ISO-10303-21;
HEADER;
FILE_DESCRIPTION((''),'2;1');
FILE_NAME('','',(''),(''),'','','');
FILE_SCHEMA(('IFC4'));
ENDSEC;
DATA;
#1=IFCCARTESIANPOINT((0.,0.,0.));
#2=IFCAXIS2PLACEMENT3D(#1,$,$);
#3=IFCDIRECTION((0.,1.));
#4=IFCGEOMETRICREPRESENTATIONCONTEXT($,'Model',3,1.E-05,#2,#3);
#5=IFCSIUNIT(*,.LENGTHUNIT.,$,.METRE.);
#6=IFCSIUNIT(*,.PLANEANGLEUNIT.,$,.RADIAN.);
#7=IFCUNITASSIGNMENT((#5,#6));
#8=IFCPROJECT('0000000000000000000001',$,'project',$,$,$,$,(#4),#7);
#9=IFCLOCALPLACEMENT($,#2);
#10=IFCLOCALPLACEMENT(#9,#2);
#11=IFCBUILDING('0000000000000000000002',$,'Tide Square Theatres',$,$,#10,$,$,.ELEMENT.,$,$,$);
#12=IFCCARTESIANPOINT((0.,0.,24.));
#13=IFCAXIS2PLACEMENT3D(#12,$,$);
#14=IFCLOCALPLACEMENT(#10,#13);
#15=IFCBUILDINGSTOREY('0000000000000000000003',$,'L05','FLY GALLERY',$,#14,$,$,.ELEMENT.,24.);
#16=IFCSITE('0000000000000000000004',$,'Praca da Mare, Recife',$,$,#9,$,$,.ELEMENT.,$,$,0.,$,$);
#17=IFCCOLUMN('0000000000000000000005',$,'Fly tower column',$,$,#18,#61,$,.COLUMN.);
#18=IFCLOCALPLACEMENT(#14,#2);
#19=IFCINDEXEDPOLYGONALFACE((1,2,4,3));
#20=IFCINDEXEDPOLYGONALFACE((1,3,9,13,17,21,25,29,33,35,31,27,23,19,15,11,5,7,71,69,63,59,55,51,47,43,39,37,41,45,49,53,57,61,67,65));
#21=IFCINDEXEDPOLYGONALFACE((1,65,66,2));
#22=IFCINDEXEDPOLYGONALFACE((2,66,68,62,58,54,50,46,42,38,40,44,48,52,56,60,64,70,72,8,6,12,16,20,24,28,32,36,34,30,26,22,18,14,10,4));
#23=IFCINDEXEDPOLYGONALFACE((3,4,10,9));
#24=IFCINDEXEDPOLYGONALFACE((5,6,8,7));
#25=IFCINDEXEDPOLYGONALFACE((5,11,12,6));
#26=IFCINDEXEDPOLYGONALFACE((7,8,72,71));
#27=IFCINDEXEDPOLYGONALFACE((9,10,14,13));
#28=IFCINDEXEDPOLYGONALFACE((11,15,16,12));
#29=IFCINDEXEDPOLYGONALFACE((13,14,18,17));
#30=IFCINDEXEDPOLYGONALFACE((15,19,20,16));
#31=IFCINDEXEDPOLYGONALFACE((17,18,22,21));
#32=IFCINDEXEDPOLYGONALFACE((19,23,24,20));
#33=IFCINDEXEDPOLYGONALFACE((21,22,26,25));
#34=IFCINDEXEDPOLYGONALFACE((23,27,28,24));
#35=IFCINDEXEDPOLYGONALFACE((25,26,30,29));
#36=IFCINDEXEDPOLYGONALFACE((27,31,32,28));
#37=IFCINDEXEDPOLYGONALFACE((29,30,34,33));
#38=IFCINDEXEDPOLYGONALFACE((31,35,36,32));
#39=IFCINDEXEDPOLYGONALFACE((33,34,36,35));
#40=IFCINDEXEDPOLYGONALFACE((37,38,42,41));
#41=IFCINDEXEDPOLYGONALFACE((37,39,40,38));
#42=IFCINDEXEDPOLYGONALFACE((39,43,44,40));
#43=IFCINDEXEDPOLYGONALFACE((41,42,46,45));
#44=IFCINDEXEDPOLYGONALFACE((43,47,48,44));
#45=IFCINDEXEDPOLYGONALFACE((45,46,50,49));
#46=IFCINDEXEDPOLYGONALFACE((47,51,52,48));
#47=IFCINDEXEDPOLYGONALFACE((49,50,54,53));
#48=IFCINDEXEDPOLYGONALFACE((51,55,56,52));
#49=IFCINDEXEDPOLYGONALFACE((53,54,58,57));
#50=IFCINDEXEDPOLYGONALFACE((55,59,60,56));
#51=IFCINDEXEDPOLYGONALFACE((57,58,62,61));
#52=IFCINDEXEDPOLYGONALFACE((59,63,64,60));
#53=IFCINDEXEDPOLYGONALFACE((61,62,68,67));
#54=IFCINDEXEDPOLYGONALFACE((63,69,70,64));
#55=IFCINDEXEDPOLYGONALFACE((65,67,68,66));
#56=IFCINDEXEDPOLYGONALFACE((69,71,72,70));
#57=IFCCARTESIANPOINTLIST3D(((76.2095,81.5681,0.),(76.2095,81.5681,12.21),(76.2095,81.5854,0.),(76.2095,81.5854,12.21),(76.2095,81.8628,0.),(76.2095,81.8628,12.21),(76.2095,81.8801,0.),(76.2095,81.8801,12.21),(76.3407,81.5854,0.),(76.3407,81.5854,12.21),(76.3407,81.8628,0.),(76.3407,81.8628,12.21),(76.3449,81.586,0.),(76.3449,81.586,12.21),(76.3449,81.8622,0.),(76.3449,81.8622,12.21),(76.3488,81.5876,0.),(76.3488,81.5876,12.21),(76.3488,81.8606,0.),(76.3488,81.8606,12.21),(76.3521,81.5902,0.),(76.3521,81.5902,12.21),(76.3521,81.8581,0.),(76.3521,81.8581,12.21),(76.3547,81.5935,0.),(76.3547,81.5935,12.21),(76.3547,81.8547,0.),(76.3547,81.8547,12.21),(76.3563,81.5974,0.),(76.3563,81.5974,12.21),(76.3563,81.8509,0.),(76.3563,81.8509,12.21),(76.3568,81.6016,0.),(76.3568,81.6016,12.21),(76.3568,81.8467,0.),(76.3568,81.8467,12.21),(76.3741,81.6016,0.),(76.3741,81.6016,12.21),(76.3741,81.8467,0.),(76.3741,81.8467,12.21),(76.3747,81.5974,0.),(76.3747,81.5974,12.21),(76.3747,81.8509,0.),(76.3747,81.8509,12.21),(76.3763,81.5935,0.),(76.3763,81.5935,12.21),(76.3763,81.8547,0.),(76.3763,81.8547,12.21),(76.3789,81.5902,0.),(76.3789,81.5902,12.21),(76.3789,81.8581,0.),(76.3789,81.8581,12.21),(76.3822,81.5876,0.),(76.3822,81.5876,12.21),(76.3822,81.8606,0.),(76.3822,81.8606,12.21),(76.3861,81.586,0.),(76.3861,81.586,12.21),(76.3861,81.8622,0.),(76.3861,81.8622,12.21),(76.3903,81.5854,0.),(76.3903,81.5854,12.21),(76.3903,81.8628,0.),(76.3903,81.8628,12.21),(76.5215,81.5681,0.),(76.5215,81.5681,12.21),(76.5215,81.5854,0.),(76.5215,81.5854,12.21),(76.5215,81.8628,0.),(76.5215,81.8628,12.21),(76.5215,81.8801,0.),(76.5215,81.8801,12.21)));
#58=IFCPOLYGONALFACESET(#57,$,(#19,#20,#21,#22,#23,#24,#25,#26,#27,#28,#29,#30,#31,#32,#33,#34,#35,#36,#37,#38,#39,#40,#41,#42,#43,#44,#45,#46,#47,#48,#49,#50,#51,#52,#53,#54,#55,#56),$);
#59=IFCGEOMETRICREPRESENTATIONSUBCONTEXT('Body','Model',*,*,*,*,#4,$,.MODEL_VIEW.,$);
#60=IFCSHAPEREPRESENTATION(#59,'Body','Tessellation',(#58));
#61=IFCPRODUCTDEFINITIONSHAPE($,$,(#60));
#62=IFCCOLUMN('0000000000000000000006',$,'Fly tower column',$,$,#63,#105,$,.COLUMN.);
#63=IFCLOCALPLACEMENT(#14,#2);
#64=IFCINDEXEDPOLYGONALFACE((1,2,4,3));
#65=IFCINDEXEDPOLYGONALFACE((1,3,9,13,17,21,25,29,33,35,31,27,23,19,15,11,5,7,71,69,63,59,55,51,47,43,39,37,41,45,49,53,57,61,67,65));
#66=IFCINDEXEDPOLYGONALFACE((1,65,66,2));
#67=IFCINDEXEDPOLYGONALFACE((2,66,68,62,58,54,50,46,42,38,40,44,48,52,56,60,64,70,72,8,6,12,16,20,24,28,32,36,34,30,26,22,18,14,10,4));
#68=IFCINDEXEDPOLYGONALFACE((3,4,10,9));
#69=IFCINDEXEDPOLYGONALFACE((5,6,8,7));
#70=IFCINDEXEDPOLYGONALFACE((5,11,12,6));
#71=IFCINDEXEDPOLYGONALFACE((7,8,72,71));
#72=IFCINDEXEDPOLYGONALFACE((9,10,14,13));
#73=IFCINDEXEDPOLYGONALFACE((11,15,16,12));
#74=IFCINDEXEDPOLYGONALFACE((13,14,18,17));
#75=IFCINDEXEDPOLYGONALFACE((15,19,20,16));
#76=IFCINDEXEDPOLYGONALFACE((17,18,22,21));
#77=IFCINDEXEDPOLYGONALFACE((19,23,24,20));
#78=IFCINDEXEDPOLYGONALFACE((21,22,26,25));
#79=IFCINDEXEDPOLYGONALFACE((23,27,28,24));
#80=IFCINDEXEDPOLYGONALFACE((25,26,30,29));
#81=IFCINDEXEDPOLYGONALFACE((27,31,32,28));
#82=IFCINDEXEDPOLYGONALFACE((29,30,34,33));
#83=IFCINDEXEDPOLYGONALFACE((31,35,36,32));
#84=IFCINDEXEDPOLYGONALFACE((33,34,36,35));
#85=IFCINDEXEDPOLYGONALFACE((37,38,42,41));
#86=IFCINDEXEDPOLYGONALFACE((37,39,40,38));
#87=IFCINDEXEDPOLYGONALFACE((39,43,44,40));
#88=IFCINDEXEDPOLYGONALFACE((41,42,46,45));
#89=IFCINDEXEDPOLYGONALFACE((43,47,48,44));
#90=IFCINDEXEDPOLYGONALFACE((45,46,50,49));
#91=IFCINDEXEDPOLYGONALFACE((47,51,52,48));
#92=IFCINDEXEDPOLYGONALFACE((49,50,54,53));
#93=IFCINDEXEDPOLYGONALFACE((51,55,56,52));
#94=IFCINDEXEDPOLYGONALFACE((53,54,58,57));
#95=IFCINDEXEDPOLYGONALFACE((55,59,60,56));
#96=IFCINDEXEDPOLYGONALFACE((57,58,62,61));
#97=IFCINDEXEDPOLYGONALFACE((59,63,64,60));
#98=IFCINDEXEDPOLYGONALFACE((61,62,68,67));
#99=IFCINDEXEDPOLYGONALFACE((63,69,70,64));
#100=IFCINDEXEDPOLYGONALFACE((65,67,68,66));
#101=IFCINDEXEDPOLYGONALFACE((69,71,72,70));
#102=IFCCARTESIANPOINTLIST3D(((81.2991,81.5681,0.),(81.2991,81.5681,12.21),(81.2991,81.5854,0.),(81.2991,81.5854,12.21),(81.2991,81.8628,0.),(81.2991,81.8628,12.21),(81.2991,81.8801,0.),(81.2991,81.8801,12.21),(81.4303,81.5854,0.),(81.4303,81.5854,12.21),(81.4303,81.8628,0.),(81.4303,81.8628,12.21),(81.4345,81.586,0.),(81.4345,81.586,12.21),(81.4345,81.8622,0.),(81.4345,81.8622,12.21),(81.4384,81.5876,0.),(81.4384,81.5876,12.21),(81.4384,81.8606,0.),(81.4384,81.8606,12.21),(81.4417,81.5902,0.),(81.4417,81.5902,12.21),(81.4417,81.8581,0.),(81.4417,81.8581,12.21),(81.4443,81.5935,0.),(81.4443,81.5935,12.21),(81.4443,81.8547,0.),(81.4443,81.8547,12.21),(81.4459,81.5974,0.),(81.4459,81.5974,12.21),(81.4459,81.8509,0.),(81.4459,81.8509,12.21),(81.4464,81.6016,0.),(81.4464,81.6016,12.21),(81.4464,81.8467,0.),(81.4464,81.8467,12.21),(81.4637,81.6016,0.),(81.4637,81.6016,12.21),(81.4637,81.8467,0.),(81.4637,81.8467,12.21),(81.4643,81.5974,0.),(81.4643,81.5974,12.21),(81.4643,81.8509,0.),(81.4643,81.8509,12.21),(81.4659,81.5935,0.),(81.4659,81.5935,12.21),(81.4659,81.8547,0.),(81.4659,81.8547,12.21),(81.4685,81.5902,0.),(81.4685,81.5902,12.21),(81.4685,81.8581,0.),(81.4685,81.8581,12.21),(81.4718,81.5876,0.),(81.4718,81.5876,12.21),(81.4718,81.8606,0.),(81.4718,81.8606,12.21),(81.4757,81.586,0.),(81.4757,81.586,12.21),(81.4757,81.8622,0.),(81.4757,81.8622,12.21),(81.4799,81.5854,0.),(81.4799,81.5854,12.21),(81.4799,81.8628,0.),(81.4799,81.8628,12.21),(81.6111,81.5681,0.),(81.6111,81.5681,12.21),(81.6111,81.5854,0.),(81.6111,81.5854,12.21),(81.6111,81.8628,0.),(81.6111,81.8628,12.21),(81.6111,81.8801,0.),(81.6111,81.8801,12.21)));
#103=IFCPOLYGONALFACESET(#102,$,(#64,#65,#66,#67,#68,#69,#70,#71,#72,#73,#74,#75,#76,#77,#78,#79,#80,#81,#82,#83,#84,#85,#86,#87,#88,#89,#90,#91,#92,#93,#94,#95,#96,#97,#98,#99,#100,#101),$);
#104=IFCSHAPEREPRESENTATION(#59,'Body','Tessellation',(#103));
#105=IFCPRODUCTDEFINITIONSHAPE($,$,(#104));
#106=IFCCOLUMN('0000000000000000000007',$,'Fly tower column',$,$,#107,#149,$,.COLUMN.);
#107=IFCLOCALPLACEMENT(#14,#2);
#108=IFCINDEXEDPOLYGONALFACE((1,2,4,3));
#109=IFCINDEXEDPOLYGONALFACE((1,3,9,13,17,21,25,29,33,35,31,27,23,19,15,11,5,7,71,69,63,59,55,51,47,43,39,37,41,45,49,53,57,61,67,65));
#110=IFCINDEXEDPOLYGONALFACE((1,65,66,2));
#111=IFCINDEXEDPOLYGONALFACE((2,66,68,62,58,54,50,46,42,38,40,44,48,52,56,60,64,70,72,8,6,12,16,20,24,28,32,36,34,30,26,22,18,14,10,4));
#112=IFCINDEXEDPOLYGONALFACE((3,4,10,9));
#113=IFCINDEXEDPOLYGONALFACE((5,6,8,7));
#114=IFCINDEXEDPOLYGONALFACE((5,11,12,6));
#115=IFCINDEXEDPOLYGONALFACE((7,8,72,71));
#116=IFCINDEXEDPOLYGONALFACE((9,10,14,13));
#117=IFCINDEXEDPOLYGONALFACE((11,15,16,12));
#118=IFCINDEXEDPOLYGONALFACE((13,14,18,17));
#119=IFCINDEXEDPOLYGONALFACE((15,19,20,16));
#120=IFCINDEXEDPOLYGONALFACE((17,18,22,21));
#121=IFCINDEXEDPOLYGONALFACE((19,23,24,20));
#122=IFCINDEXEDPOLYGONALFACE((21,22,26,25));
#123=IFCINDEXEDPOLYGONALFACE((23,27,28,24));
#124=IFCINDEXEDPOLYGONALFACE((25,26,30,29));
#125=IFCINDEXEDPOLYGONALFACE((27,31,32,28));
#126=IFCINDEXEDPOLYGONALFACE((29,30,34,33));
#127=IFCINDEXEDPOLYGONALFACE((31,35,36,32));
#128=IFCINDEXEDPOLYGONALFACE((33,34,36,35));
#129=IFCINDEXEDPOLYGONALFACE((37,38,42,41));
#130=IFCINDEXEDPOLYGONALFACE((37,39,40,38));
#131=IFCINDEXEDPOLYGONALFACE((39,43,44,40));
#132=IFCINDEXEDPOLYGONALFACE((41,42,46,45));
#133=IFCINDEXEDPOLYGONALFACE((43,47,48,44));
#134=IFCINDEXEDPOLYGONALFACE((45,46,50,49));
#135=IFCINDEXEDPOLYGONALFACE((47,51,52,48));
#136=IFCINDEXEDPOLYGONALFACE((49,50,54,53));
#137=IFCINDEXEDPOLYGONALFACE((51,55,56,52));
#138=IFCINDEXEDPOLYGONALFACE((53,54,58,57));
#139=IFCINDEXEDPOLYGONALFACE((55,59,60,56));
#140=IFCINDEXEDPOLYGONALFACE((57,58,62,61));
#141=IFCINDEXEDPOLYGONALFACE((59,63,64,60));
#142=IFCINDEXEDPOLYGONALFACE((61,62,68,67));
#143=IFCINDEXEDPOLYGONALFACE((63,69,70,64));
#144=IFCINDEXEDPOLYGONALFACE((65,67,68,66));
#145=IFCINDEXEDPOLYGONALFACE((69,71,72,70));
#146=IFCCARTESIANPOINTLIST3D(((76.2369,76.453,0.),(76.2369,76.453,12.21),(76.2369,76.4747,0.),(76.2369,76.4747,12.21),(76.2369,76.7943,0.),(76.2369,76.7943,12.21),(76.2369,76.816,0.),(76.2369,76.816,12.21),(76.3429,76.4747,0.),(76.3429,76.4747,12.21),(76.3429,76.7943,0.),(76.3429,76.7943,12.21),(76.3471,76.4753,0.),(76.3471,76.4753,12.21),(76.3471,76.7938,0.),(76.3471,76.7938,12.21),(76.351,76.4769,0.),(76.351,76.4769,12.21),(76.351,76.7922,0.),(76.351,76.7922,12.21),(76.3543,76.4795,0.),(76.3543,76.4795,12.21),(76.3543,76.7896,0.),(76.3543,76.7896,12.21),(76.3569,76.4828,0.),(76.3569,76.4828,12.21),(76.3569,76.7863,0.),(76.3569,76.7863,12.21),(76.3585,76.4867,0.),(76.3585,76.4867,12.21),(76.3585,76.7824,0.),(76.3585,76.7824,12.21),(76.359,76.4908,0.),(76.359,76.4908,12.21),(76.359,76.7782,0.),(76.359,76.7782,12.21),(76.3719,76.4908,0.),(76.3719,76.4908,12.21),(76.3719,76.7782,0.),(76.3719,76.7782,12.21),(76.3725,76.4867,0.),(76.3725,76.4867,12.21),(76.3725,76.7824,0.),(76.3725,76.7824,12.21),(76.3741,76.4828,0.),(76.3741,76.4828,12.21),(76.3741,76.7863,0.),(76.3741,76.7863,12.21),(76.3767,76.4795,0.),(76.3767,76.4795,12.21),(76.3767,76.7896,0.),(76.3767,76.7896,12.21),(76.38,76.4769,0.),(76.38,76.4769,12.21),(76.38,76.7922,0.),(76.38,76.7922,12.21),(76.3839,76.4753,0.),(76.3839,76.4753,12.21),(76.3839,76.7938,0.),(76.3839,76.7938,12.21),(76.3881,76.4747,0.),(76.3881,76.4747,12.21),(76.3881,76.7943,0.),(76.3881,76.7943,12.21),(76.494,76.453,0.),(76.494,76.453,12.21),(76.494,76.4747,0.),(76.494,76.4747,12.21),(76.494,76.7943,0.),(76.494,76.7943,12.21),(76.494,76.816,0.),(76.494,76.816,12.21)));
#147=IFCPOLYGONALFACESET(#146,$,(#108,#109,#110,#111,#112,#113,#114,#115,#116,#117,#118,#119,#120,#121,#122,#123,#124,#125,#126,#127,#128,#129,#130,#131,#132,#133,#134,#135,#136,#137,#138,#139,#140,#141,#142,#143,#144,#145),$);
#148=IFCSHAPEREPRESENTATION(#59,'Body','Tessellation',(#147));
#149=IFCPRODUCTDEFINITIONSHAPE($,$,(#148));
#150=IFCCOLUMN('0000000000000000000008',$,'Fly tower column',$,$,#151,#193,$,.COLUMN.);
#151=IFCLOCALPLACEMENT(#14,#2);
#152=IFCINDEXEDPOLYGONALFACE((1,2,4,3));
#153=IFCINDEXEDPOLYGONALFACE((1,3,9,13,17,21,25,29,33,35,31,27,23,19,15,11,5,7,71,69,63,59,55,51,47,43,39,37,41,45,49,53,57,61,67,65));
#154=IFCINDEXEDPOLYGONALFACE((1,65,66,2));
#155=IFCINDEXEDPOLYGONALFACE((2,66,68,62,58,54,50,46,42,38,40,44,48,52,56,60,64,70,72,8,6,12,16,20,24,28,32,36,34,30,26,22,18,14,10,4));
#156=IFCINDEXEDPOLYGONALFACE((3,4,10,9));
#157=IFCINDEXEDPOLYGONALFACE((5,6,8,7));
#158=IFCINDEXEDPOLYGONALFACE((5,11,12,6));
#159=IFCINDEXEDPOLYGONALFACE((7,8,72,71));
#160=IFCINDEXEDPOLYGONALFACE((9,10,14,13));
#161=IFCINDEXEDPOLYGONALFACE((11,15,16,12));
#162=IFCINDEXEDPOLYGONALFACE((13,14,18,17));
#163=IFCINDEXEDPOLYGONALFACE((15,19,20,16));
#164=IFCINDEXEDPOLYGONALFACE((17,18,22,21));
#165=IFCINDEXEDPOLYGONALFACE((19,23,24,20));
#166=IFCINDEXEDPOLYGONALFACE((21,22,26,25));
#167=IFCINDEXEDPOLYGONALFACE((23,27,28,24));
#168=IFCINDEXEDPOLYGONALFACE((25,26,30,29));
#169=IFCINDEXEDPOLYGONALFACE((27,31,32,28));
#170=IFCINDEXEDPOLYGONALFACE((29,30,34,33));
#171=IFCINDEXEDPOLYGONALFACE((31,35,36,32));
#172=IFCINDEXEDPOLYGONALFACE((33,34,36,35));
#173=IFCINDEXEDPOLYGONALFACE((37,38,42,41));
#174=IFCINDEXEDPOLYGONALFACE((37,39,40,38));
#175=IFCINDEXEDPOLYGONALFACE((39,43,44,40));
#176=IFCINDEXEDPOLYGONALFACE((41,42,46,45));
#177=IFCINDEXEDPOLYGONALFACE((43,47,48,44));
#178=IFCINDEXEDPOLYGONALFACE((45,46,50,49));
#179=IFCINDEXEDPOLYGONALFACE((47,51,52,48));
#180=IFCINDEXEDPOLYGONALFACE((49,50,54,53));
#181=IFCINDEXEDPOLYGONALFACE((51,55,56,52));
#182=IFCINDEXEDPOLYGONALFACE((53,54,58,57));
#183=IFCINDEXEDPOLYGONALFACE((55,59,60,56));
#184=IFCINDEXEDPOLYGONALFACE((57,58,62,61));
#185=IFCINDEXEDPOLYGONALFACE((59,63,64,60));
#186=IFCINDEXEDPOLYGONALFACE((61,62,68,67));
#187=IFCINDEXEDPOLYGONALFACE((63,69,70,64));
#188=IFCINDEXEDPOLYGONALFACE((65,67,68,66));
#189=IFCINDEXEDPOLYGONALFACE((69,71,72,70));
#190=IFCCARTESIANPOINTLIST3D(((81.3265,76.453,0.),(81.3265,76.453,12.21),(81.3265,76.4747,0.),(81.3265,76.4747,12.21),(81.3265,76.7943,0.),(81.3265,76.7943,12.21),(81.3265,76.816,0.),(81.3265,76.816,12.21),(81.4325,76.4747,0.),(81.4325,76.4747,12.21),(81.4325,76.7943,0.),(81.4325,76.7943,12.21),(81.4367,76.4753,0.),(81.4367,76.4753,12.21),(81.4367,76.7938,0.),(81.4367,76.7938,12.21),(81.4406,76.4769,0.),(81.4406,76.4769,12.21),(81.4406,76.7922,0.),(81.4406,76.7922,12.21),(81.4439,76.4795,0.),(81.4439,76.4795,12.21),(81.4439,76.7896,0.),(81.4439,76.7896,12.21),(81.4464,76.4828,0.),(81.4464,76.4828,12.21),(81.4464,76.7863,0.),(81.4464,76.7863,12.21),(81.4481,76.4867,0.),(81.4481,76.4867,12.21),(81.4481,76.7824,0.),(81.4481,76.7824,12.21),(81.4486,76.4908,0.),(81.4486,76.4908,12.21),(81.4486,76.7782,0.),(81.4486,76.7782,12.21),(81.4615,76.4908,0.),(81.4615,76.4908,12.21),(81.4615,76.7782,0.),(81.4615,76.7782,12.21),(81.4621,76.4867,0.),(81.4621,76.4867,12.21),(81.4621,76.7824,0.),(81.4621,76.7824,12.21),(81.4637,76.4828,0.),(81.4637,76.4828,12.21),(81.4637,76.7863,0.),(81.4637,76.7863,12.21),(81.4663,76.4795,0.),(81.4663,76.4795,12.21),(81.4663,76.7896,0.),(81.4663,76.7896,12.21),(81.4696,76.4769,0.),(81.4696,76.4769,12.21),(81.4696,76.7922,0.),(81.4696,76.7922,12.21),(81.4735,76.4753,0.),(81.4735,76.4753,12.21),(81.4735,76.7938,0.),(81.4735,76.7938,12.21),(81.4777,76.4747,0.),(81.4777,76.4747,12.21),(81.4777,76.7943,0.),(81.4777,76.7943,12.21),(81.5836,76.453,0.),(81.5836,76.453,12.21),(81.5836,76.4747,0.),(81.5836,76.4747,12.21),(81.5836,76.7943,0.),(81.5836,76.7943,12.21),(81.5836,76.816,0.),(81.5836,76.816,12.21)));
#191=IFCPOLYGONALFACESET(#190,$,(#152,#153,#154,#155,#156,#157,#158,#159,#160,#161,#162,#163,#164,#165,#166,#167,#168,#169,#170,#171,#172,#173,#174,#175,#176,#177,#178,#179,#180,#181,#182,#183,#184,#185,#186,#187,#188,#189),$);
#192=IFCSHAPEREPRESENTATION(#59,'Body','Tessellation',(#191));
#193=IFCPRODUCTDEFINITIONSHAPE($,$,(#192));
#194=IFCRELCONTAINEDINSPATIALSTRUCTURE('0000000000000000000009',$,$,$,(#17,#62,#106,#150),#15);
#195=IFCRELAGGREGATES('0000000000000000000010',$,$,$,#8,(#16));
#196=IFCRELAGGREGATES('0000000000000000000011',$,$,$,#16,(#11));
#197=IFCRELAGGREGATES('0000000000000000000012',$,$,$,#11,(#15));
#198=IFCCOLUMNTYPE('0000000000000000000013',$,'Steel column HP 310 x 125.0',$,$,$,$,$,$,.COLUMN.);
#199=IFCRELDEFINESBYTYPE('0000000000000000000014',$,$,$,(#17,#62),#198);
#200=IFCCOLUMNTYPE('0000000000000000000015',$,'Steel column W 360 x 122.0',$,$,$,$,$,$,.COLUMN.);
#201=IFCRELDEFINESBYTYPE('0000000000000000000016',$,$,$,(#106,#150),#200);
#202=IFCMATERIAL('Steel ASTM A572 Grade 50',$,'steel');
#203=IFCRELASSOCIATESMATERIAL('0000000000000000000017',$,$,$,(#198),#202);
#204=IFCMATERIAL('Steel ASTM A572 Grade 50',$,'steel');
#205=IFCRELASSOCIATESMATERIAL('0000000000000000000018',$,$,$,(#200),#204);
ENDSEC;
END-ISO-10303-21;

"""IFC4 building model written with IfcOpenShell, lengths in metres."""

from ifc_helpers import new_model, si_unit, direction, frame, origin, origin_2d, place, context, subcontext, project, spatial, i_section, extrude, material, material_profile, profile_set, type_object, element, save


model = new_model("IFC4")

# Units and contexts
model_context = context("Model", 3, precision=1e-05, world=origin(), true_north=direction((0.0, 1.0)))
body_context = subcontext(model_context, "Body", "Model", "MODEL_VIEW")
ifc_project = project(units=[si_unit("LENGTHUNIT", "METRE"), si_unit("PLANEANGLEUNIT", "RADIAN")], contexts=[model_context])

# Site, building, storey
site_placement = place(None, origin())
site = spatial("IfcSite", under=ifc_project, at=site_placement, Name="Praca da Mare, Recife", CompositionType="ELEMENT", RefElevation=0.0)
building_placement = place(site_placement, origin())
building = spatial("IfcBuilding", under=site, at=building_placement, Name="Tide Square Theatres", CompositionType="ELEMENT")
storey_placement = place(building_placement, frame((0.0, 0.0, 24.0)))
storey = spatial("IfcBuildingStorey", under=building, at=storey_placement, Name="L05", Description="FLY GALLERY", CompositionType="ELEMENT", Elevation=24.0)

# Columns
ifc_material_1 = material(Name="Steel ASTM A572 Grade 50", Category="steel")
ifc_material_profile_1 = material_profile(ifc_material_1, i_section(OverallWidth=0.312, OverallDepth=0.312, WebThickness=0.0173, FlangeThickness=0.0173, FilletRadius=0.0161, at=origin_2d()))
ifc_profile_set_1 = profile_set([ifc_material_profile_1], Name="Steel ASTM A572 Grade 50")
column_type_1 = type_object("IfcColumnType", Name="Steel column HP 310 x 125.0", PredefinedType="COLUMN", material=ifc_profile_set_1)
for number, where, z_axis, x_axis, name in (
    (1, (76.3655, 81.7241, 0.0), (0.0, 0.0, 1.0), (1.0, 0.0, 0.0), "Fly tower column"),
    (2, (81.4551, 81.7241, 0.0), (0.0, 0.0, 1.0), (1.0, 0.0, 0.0), "Fly tower column"),
):
    element("IfcColumn", number, at=place(storey_placement, frame(where, z_axis=z_axis, x_axis=x_axis)), inside=storey, type_object=column_type_1, Name=name, PredefinedType="COLUMN", context=body_context, shape_type="SweptSolid", body=[
        extrude(i_section(OverallWidth=0.312, OverallDepth=0.312, WebThickness=0.0173, FlangeThickness=0.0173, FilletRadius=0.0161, at=origin_2d()), origin(), (0.0, 0.0, 1.0), 12.21),
    ])
ifc_material_2 = material(Name="Steel ASTM A572 Grade 50", Category="steel")
ifc_material_profile_2 = material_profile(ifc_material_2, i_section(OverallWidth=0.2571, OverallDepth=0.363, WebThickness=0.0129, FlangeThickness=0.0217, FilletRadius=0.0161, at=origin_2d()))
ifc_profile_set_2 = profile_set([ifc_material_profile_2], Name="Steel ASTM A572 Grade 50")
column_type_2 = type_object("IfcColumnType", Name="Steel column W 360 x 122.0", PredefinedType="COLUMN", material=ifc_profile_set_2)
for number, where, z_axis, x_axis, name in (
    (3, (76.3655, 76.6345, 0.0), (0.0, 0.0, 1.0), (1.0, 0.0, 0.0), "Fly tower column"),
    (4, (81.4551, 76.6345, 0.0), (0.0, 0.0, 1.0), (1.0, 0.0, 0.0), "Fly tower column"),
):
    element("IfcColumn", number, at=place(storey_placement, frame(where, z_axis=z_axis, x_axis=x_axis)), inside=storey, type_object=column_type_2, Name=name, PredefinedType="COLUMN", context=body_context, shape_type="SweptSolid", body=[
        extrude(i_section(OverallWidth=0.2571, OverallDepth=0.363, WebThickness=0.0129, FlangeThickness=0.0217, FilletRadius=0.0161, at=origin_2d()), origin(), (0.0, 0.0, 1.0), 12.21),
    ])

save(model, "model.ifc")
